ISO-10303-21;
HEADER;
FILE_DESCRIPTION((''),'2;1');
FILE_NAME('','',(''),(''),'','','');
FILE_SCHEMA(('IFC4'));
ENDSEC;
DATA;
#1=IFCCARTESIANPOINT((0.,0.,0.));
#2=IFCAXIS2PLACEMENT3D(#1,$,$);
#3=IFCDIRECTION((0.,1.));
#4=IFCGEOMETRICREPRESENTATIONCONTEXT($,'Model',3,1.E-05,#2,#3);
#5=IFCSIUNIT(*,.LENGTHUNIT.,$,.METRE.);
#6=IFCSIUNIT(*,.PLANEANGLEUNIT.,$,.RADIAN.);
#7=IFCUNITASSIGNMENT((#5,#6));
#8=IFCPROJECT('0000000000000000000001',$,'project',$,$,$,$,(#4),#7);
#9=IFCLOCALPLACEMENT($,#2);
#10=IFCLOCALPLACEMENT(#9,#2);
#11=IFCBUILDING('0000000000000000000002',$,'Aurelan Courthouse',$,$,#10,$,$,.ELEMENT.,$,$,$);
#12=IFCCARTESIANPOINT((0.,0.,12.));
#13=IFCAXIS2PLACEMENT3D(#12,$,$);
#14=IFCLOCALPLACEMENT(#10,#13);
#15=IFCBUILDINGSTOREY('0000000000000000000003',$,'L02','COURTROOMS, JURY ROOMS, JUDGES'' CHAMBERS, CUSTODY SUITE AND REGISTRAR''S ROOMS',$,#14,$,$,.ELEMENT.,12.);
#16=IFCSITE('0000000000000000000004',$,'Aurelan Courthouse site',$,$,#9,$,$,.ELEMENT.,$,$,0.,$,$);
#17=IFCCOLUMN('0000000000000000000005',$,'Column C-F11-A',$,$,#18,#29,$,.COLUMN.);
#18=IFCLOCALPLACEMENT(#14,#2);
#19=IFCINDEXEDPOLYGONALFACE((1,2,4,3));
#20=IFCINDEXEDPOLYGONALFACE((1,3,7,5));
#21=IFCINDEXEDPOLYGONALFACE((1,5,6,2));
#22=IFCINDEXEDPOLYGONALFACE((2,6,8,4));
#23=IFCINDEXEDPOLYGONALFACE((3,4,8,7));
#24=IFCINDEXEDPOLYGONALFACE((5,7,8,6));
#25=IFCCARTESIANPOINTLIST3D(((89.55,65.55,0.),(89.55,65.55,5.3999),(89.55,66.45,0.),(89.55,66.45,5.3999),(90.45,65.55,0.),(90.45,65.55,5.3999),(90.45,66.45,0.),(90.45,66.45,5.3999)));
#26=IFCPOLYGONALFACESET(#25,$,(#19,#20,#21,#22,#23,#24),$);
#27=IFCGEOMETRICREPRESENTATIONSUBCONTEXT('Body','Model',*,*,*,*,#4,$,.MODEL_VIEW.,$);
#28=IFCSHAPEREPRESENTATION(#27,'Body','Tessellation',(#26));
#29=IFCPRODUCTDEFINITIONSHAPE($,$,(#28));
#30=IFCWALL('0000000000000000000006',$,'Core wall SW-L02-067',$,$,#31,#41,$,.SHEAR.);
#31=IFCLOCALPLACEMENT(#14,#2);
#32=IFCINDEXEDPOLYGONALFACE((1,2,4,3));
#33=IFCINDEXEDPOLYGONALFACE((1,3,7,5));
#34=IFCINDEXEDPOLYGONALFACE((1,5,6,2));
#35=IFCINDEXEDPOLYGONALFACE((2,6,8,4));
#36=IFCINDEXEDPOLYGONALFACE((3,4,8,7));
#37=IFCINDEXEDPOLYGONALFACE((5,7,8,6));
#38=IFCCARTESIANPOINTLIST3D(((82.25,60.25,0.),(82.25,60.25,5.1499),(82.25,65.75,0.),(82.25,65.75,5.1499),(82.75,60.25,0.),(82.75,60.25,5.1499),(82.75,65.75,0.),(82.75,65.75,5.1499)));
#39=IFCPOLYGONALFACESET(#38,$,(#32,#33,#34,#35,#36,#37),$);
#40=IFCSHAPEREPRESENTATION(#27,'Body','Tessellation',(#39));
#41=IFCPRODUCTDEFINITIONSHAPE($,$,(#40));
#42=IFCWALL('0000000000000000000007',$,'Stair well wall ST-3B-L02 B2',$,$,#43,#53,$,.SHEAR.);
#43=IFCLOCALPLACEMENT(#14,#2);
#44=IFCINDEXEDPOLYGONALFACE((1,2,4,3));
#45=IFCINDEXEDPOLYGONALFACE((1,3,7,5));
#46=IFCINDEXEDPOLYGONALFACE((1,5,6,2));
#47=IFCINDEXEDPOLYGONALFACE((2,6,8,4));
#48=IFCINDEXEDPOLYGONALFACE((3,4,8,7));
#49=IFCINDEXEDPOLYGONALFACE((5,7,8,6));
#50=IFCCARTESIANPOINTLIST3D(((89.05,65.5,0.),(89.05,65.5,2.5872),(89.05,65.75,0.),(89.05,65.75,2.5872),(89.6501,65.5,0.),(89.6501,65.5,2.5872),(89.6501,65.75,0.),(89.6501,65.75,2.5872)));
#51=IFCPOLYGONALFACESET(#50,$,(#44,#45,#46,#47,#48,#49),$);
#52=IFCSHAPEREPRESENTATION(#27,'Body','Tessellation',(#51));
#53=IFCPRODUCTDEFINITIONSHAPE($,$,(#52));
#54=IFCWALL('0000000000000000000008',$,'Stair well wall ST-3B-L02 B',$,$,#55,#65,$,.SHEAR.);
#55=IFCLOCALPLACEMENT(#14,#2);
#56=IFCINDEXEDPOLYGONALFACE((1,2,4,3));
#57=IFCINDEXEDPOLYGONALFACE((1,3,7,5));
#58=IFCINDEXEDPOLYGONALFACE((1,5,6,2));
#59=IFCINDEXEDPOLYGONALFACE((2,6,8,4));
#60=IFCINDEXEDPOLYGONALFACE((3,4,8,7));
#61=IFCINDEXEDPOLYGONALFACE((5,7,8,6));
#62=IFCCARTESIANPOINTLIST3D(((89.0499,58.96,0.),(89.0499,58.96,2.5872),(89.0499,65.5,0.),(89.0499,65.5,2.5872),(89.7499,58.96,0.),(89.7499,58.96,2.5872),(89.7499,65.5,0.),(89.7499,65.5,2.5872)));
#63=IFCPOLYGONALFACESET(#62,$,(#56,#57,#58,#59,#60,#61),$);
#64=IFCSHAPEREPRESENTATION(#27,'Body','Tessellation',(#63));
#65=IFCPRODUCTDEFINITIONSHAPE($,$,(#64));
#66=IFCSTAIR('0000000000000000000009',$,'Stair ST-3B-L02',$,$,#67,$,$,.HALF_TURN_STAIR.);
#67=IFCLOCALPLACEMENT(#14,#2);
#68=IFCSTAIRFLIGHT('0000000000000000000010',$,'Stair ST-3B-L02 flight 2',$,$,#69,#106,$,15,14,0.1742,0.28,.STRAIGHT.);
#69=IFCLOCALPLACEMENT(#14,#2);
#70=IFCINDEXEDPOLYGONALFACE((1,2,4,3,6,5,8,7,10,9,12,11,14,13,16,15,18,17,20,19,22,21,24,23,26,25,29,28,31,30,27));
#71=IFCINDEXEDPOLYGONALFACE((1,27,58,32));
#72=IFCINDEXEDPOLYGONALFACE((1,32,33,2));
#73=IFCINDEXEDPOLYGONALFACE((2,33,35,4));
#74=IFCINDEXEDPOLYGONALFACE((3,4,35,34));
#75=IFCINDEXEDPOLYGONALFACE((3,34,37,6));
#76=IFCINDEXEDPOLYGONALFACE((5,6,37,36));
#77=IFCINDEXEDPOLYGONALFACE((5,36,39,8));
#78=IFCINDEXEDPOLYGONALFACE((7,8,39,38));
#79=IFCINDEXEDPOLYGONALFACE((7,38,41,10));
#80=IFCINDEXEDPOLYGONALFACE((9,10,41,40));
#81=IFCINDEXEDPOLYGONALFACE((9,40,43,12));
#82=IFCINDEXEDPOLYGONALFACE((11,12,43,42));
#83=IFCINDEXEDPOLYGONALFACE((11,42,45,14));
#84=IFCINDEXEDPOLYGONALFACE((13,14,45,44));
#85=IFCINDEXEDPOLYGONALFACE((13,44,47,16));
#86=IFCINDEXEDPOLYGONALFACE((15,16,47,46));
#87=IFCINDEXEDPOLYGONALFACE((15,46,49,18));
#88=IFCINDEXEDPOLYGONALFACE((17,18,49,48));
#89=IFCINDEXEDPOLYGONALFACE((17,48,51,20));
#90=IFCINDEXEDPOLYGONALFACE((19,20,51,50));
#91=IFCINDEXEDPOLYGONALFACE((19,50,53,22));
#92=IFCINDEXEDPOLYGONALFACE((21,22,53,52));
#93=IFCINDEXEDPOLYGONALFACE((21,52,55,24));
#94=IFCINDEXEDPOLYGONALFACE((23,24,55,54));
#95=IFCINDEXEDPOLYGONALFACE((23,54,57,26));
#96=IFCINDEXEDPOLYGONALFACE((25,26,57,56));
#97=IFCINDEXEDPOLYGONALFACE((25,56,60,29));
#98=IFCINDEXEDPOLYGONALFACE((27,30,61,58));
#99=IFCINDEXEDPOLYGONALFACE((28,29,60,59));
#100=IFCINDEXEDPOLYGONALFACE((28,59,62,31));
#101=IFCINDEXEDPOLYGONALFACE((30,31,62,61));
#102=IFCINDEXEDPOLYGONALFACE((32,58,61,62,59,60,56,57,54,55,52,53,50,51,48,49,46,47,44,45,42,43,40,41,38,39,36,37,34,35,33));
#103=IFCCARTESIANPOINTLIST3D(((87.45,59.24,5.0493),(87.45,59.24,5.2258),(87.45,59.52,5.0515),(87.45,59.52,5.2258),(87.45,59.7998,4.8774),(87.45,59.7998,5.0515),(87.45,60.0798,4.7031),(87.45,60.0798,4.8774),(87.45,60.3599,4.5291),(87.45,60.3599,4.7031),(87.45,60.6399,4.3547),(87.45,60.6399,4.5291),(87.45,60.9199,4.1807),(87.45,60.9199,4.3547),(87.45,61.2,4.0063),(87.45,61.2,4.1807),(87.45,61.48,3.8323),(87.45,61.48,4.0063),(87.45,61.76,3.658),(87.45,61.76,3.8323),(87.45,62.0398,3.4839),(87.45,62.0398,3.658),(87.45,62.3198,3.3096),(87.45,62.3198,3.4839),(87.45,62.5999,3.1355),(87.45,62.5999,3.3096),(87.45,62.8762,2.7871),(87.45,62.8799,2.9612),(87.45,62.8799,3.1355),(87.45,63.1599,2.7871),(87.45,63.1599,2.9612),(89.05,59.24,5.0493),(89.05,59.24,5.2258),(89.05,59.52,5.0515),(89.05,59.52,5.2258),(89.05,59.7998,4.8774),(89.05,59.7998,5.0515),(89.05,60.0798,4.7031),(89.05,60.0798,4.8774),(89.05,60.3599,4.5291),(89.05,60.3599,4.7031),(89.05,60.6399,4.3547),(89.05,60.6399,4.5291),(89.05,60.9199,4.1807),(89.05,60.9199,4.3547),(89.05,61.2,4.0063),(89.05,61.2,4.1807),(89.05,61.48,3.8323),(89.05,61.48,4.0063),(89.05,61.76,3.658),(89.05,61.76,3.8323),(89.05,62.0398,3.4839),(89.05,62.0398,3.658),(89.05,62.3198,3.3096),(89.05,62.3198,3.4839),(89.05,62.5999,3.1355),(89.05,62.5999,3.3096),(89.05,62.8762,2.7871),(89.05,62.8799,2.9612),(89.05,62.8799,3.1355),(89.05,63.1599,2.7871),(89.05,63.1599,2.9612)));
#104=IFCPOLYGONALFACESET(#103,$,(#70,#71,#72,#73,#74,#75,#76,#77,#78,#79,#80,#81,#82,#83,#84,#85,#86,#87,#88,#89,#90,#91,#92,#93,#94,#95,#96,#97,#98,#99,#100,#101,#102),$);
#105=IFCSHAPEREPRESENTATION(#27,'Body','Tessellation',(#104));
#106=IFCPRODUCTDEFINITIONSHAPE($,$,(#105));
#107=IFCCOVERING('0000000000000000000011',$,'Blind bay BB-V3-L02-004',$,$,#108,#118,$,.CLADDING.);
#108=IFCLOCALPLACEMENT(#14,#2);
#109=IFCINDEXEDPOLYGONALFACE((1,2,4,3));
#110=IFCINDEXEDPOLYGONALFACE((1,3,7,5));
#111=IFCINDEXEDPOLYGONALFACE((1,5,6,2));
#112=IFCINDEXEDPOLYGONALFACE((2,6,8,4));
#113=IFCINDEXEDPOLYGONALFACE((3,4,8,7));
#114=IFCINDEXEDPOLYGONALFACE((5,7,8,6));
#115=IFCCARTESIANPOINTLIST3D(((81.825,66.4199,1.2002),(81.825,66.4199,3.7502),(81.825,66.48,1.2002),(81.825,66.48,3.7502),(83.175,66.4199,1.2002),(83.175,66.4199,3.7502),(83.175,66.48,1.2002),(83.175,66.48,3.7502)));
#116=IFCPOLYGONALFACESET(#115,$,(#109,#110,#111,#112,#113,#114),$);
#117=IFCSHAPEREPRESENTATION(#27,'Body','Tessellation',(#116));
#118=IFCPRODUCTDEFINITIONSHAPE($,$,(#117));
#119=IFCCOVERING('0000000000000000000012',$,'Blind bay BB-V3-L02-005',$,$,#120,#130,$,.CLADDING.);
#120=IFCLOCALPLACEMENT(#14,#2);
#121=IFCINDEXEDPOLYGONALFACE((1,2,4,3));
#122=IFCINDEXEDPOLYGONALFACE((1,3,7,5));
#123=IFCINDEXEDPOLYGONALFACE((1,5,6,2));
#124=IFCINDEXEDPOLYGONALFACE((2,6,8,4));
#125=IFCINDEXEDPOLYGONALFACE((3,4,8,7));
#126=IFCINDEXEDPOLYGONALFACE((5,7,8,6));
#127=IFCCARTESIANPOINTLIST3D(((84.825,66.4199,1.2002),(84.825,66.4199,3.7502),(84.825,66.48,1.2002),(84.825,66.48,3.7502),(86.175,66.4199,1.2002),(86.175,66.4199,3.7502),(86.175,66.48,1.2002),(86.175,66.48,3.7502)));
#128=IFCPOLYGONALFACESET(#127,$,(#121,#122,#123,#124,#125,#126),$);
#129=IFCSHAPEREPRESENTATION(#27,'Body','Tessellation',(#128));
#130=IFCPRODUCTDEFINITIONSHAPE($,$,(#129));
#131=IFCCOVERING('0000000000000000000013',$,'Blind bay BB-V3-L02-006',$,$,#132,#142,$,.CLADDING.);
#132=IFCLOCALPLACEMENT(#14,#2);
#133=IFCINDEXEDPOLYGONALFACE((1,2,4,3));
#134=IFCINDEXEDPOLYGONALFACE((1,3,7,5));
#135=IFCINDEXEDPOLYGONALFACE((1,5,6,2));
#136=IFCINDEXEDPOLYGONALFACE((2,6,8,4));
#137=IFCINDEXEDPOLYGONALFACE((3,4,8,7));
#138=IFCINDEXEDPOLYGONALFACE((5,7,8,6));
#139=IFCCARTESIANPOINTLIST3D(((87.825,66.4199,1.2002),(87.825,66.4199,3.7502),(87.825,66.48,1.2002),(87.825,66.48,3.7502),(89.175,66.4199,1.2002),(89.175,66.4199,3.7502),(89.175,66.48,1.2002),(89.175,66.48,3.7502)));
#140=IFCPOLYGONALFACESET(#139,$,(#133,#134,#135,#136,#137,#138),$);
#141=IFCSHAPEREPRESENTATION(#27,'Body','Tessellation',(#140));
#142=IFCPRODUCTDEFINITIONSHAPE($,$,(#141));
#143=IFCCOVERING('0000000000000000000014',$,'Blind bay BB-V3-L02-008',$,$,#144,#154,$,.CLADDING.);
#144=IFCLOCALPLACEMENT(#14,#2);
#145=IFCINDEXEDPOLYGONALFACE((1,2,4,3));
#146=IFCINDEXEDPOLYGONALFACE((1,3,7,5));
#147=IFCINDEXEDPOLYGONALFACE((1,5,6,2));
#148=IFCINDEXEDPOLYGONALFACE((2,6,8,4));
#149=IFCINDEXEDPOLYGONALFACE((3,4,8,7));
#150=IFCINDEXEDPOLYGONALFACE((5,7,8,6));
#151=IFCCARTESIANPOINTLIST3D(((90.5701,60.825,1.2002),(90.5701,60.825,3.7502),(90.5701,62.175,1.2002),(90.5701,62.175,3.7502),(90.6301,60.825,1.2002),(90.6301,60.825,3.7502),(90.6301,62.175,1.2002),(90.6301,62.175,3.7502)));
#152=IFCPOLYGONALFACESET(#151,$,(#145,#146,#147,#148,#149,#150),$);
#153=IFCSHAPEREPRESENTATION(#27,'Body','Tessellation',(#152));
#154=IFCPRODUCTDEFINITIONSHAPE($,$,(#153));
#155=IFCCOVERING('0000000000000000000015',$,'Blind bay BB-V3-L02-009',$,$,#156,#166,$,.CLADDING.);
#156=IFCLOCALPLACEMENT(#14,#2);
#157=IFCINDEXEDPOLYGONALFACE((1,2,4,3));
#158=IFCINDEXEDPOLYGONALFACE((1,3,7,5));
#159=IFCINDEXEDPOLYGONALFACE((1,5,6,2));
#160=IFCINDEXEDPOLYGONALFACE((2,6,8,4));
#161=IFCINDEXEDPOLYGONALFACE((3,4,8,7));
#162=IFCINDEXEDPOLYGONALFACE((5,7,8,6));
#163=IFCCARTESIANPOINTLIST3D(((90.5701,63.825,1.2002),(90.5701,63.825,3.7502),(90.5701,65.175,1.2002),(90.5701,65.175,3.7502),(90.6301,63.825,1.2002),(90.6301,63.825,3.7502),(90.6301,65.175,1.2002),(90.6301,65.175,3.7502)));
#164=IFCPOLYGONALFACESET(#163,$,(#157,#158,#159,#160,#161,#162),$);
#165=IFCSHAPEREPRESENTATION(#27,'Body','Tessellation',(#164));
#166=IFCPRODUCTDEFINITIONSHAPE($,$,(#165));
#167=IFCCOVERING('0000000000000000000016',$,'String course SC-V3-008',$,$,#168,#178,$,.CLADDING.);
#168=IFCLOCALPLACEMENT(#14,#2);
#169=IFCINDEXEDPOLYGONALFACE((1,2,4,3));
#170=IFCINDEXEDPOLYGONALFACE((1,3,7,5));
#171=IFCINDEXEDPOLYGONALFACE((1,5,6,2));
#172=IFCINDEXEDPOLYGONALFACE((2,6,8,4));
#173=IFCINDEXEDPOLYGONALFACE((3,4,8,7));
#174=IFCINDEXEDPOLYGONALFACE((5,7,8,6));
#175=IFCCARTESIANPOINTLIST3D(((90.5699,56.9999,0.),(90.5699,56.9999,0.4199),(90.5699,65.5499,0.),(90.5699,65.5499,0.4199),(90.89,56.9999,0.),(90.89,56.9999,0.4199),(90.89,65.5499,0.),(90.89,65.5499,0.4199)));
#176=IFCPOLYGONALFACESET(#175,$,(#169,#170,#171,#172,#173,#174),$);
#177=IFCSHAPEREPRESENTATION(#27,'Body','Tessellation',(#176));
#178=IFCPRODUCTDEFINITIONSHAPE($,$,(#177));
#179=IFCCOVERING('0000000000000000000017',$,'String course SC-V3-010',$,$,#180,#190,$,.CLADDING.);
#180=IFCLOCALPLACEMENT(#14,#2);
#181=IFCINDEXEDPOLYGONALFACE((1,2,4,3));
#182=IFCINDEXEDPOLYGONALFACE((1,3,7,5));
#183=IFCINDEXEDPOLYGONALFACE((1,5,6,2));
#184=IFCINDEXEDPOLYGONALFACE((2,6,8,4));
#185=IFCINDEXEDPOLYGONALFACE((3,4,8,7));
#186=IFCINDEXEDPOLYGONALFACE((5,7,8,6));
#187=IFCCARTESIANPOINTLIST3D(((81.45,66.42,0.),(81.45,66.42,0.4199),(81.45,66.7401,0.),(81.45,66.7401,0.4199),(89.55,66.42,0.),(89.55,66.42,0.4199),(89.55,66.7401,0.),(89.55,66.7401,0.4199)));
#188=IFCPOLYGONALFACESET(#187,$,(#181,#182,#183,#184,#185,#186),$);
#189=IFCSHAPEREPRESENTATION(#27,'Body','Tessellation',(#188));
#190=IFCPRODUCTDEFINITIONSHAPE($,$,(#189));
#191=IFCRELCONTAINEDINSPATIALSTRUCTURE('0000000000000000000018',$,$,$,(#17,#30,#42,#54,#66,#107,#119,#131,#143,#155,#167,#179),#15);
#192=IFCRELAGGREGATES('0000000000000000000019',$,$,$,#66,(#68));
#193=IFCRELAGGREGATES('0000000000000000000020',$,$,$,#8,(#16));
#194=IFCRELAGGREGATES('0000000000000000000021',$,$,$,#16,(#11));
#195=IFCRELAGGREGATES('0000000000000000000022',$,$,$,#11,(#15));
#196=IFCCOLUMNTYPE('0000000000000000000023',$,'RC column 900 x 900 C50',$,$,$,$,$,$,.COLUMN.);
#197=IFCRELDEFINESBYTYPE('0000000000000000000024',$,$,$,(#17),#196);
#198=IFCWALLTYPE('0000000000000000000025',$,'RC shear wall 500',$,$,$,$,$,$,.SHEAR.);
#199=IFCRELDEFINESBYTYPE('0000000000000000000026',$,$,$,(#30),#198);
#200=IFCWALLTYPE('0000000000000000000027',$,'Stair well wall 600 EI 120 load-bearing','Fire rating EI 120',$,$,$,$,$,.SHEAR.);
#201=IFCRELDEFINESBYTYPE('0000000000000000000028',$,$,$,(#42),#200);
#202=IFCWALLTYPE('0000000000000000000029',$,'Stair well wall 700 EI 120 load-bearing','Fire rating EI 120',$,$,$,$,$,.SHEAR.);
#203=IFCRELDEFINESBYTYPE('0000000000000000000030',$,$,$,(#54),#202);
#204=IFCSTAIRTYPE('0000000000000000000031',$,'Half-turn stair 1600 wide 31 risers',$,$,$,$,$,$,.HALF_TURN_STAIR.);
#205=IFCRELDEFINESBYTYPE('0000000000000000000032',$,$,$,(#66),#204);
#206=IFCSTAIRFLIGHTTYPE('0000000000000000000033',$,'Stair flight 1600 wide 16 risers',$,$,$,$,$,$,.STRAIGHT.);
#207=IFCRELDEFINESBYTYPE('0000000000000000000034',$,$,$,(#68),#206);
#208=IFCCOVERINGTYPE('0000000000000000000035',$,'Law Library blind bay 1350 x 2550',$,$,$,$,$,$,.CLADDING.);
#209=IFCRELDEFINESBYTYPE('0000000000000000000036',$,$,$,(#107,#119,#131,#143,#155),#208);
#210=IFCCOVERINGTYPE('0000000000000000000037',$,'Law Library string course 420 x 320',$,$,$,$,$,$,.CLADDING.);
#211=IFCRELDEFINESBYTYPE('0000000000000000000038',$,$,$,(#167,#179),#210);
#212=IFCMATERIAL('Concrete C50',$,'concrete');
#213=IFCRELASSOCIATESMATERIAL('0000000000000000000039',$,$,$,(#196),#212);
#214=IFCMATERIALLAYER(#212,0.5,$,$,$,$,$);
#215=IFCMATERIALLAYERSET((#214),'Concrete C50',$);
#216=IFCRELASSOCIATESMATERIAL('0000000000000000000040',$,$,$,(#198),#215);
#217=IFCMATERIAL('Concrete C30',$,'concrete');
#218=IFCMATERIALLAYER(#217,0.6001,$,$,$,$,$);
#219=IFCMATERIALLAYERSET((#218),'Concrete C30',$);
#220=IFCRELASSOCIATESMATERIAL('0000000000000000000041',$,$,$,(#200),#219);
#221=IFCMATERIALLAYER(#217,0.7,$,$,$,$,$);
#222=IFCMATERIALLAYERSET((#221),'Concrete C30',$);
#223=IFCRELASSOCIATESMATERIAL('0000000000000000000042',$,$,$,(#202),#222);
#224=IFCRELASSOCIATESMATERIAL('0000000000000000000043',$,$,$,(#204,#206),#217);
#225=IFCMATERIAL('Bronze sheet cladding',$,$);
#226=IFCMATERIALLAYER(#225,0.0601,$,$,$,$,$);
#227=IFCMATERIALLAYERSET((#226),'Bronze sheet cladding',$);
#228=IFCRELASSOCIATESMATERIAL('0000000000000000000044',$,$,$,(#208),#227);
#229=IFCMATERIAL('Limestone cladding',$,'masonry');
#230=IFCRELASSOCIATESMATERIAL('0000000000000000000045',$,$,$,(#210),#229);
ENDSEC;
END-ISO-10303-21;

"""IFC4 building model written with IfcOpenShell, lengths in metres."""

from ifc_helpers import new_model, si_unit, direction, frame, frame_2d, origin, origin_2d, place, context, subcontext, project, spatial, polyline, rectangle, outline, extrude, material, layer, layer_set, material_profile, profile_set, type_object, element, aggregate, save


model = new_model("IFC4")

# Units and contexts
model_context = context("Model", 3, precision=1e-05, world=origin(), true_north=direction((0.0, 1.0)))
body_context = subcontext(model_context, "Body", "Model", "MODEL_VIEW")
ifc_project = project(units=[si_unit("LENGTHUNIT", "METRE"), si_unit("PLANEANGLEUNIT", "RADIAN")], contexts=[model_context])

# Site, building, storey
site_placement = place(None, origin())
site = spatial("IfcSite", under=ifc_project, at=site_placement, Name="Aurelan Courthouse site", CompositionType="ELEMENT", RefElevation=0.0)
building_placement = place(site_placement, origin())
building = spatial("IfcBuilding", under=site, at=building_placement, Name="Aurelan Courthouse", CompositionType="ELEMENT")
storey_placement = place(building_placement, frame((0.0, 0.0, 12.0)))
storey = spatial("IfcBuildingStorey", under=building, at=storey_placement, Name="L02", Description="COURTROOMS, JURY ROOMS, JUDGES' CHAMBERS, CUSTODY SUITE AND REGISTRAR'S ROOMS", CompositionType="ELEMENT", Elevation=12.0)

# Column
ifc_material_1 = material(Name="Concrete C50", Category="concrete")
ifc_material_profile = material_profile(ifc_material_1, rectangle(XDim=0.8999, YDim=0.8999, at=origin_2d()), Name="RC 900 x 900")
ifc_profile_set = profile_set([ifc_material_profile], Name="Concrete C50")
column_type = type_object("IfcColumnType", Name="RC column 900 x 900 C50", PredefinedType="COLUMN", material=ifc_profile_set)
column_placement = place(storey_placement, frame((90.0, 66.0, 0.0), z_axis=(0.0, 0.0, 1.0), x_axis=(1.0, 0.0, 0.0)))
element("IfcColumn", 1, at=column_placement, inside=storey, type_object=column_type, Name="Column C-F11-A", PredefinedType="COLUMN", context=body_context, shape_type="SweptSolid", body=[
    extrude(rectangle(XDim=0.8999, YDim=0.8999, at=origin_2d()), origin(), (0.0, 0.0, 1.0), 5.3999),
])

# Walls
ifc_layer_1 = layer(ifc_material_1, 0.5)
ifc_layer_set_1 = layer_set([ifc_layer_1], Name="Concrete C50")
wall_type_1 = type_object("IfcWallType", Name="RC shear wall 500", PredefinedType="SHEAR", material=ifc_layer_set_1)
wall_1_placement = place(storey_placement, frame((82.5, 60.25, 0.0), z_axis=(0.0, 0.0, 1.0), x_axis=(0.0, 1.0, 0.0)))
element("IfcWall", 2, at=wall_1_placement, inside=storey, type_object=wall_type_1, Name="Core wall SW-L02-067", PredefinedType="SHEAR", context=body_context, shape_type="SweptSolid", body=[
    extrude(rectangle(XDim=5.5, YDim=0.5, at=frame_2d((2.75, 0.0))), origin(), (0.0, 0.0, 1.0), 5.1499),
])
ifc_material_2 = material(Name="Concrete C30", Category="concrete")
ifc_layer_2 = layer(ifc_material_2, 0.6001)
ifc_layer_set_2 = layer_set([ifc_layer_2], Name="Concrete C30")
wall_type_2 = type_object("IfcWallType", Name="Stair well wall 600 EI 120 load-bearing", Description="Fire rating EI 120", PredefinedType="SHEAR", material=ifc_layer_set_2)
wall_2_placement = place(storey_placement, frame((89.3501, 65.5, 0.0), z_axis=(0.0, 0.0, 1.0), x_axis=(0.0, 1.0, 0.0)))
element("IfcWall", 3, at=wall_2_placement, inside=storey, type_object=wall_type_2, Name="Stair well wall ST-3B-L02 B2", PredefinedType="SHEAR", context=body_context, shape_type="SweptSolid", body=[
    extrude(rectangle(XDim=0.25, YDim=0.6001, at=frame_2d((0.125, 0.0))), origin(), (0.0, 0.0, 1.0), 2.5872),
])
ifc_layer_3 = layer(ifc_material_2, 0.7)
ifc_layer_set_3 = layer_set([ifc_layer_3], Name="Concrete C30")
wall_type_3 = type_object("IfcWallType", Name="Stair well wall 700 EI 120 load-bearing", Description="Fire rating EI 120", PredefinedType="SHEAR", material=ifc_layer_set_3)
wall_3_placement = place(storey_placement, frame((89.3999, 58.96, 0.0), z_axis=(0.0, 0.0, 1.0), x_axis=(0.0, 1.0, 0.0)))
element("IfcWall", 4, at=wall_3_placement, inside=storey, type_object=wall_type_3, Name="Stair well wall ST-3B-L02 B", PredefinedType="SHEAR", context=body_context, shape_type="SweptSolid", body=[
    extrude(rectangle(XDim=6.54, YDim=0.7, at=frame_2d((3.27, 0.0))), origin(), (0.0, 0.0, 1.0), 2.5872),
])

# Stair, stair flight
stair_type = type_object("IfcStairType", Name="Half-turn stair 1600 wide 31 risers", PredefinedType="HALF_TURN_STAIR", material=ifc_material_2)
stair_placement = place(storey_placement, origin())
stair = element("IfcStair", 5, at=stair_placement, inside=storey, type_object=stair_type, Name="Stair ST-3B-L02", PredefinedType="HALF_TURN_STAIR")
stair_flight_type = type_object("IfcStairFlightType", Name="Stair flight 1600 wide 16 risers", PredefinedType="STRAIGHT", material=ifc_material_2)
stair_flight_placement = place(storey_placement, frame((88.25, 63.1599, 2.7871), z_axis=(0.0, 0.0, 1.0), x_axis=(0.0, -1.0, 0.0)))
stair_flight = element("IfcStairFlight", 6, at=stair_flight_placement, type_object=stair_flight_type, Name="Stair ST-3B-L02 flight 2", NumberOfRisers=15, NumberOfTreads=14, PredefinedType="STRAIGHT", RiserHeight=0.1742, TreadLength=0.28, context=body_context, shape_type="SweptSolid", body=[
    extrude(outline(polyline([(0.0, 0.0), (0.0, 0.1741), (0.28, 0.1741), (0.28, 0.3484), (0.5601, 0.3484), (0.5601, 0.5225), (0.8401, 0.5225), (0.8401, 0.6968), (1.1201, 0.6968), (1.1201, 0.8708), (1.3999, 0.8708), (1.3999, 1.0452), (1.6799, 1.0452), (1.6799, 1.2192), (1.96, 1.2192), (1.96, 1.3936), (2.24, 1.3936), (2.24, 1.5676), (2.52, 1.5676), (2.52, 1.7419), (2.8, 1.7419), (2.8, 1.916), (3.0801, 1.916), (3.0801, 2.0903), (3.3601, 2.0903), (3.3601, 2.2644), (3.6399, 2.2644), (3.6399, 2.4387), (3.9199, 2.4387), (3.9199, 2.6128), (3.9199, 2.2622), (0.2837, 0.0), (0.0, 0.0)])), frame((0.0, 0.8, 0.0), z_axis=(0.0, -1.0, 0.0), x_axis=(1.0, 0.0, 0.0)), (0.0, 0.0, 1.0), 1.6001),
])
aggregate(stair, [stair_flight])

# Coverings
ifc_material_3 = material(Name="Bronze sheet cladding")
ifc_layer_4 = layer(ifc_material_3, 0.0601)
ifc_layer_set_4 = layer_set([ifc_layer_4], Name="Bronze sheet cladding")
covering_type_1 = type_object("IfcCoveringType", Name="Law Library blind bay 1350 x 2550", PredefinedType="CLADDING", material=ifc_layer_set_4)
for number, where, z_axis, x_axis, name in (
    (7, (82.5, 66.45, 1.2002), (0.0, 0.0, 1.0), (1.0, 0.0, 0.0), "Blind bay BB-V3-L02-004"),
    (8, (85.5, 66.45, 1.2002), (0.0, 0.0, 1.0), (1.0, 0.0, 0.0), "Blind bay BB-V3-L02-005"),
    (9, (88.5, 66.45, 1.2002), (0.0, 0.0, 1.0), (1.0, 0.0, 0.0), "Blind bay BB-V3-L02-006"),
):
    element("IfcCovering", number, at=place(storey_placement, frame(where, z_axis=z_axis, x_axis=x_axis)), inside=storey, type_object=covering_type_1, Name=name, PredefinedType="CLADDING", context=body_context, shape_type="SweptSolid", body=[
        extrude(rectangle(XDim=1.3501, YDim=0.0601, at=origin_2d()), origin(), (0.0, 0.0, 1.0), 2.55),
    ])
for number, where, z_axis, x_axis, name in (
    (10, (90.6001, 61.5, 1.2002), (0.0, 0.0, 1.0), (1.0, 0.0, 0.0), "Blind bay BB-V3-L02-008"),
    (11, (90.6001, 64.5, 1.2002), (0.0, 0.0, 1.0), (1.0, 0.0, 0.0), "Blind bay BB-V3-L02-009"),
):
    element("IfcCovering", number, at=place(storey_placement, frame(where, z_axis=z_axis, x_axis=x_axis)), inside=storey, type_object=covering_type_1, Name=name, PredefinedType="CLADDING", context=body_context, shape_type="SweptSolid", body=[
        extrude(rectangle(XDim=0.0601, YDim=1.3501, at=origin_2d()), origin(), (0.0, 0.0, 1.0), 2.55),
    ])
ifc_material_4 = material(Name="Limestone cladding", Category="masonry")
covering_type_2 = type_object("IfcCoveringType", Name="Law Library string course 420 x 320", PredefinedType="CLADDING", material=ifc_material_4)
covering_1_placement = place(storey_placement, frame((90.73, 61.2749, 0.0), z_axis=(0.0, 0.0, 1.0), x_axis=(1.0, 0.0, 0.0)))
element("IfcCovering", 12, at=covering_1_placement, inside=storey, type_object=covering_type_2, Name="String course SC-V3-008", PredefinedType="CLADDING", context=body_context, shape_type="SweptSolid", body=[
    extrude(rectangle(XDim=0.3201, YDim=8.55, at=origin_2d()), origin(), (0.0, 0.0, 1.0), 0.4199),
])
covering_2_placement = place(storey_placement, frame((85.5, 66.5801, 0.0), z_axis=(0.0, 0.0, 1.0), x_axis=(1.0, 0.0, 0.0)))
element("IfcCovering", 13, at=covering_2_placement, inside=storey, type_object=covering_type_2, Name="String course SC-V3-010", PredefinedType="CLADDING", context=body_context, shape_type="SweptSolid", body=[
    extrude(rectangle(XDim=8.1001, YDim=0.3201, at=origin_2d()), origin(), (0.0, 0.0, 1.0), 0.4199),
])

save(model, "model.ifc")
